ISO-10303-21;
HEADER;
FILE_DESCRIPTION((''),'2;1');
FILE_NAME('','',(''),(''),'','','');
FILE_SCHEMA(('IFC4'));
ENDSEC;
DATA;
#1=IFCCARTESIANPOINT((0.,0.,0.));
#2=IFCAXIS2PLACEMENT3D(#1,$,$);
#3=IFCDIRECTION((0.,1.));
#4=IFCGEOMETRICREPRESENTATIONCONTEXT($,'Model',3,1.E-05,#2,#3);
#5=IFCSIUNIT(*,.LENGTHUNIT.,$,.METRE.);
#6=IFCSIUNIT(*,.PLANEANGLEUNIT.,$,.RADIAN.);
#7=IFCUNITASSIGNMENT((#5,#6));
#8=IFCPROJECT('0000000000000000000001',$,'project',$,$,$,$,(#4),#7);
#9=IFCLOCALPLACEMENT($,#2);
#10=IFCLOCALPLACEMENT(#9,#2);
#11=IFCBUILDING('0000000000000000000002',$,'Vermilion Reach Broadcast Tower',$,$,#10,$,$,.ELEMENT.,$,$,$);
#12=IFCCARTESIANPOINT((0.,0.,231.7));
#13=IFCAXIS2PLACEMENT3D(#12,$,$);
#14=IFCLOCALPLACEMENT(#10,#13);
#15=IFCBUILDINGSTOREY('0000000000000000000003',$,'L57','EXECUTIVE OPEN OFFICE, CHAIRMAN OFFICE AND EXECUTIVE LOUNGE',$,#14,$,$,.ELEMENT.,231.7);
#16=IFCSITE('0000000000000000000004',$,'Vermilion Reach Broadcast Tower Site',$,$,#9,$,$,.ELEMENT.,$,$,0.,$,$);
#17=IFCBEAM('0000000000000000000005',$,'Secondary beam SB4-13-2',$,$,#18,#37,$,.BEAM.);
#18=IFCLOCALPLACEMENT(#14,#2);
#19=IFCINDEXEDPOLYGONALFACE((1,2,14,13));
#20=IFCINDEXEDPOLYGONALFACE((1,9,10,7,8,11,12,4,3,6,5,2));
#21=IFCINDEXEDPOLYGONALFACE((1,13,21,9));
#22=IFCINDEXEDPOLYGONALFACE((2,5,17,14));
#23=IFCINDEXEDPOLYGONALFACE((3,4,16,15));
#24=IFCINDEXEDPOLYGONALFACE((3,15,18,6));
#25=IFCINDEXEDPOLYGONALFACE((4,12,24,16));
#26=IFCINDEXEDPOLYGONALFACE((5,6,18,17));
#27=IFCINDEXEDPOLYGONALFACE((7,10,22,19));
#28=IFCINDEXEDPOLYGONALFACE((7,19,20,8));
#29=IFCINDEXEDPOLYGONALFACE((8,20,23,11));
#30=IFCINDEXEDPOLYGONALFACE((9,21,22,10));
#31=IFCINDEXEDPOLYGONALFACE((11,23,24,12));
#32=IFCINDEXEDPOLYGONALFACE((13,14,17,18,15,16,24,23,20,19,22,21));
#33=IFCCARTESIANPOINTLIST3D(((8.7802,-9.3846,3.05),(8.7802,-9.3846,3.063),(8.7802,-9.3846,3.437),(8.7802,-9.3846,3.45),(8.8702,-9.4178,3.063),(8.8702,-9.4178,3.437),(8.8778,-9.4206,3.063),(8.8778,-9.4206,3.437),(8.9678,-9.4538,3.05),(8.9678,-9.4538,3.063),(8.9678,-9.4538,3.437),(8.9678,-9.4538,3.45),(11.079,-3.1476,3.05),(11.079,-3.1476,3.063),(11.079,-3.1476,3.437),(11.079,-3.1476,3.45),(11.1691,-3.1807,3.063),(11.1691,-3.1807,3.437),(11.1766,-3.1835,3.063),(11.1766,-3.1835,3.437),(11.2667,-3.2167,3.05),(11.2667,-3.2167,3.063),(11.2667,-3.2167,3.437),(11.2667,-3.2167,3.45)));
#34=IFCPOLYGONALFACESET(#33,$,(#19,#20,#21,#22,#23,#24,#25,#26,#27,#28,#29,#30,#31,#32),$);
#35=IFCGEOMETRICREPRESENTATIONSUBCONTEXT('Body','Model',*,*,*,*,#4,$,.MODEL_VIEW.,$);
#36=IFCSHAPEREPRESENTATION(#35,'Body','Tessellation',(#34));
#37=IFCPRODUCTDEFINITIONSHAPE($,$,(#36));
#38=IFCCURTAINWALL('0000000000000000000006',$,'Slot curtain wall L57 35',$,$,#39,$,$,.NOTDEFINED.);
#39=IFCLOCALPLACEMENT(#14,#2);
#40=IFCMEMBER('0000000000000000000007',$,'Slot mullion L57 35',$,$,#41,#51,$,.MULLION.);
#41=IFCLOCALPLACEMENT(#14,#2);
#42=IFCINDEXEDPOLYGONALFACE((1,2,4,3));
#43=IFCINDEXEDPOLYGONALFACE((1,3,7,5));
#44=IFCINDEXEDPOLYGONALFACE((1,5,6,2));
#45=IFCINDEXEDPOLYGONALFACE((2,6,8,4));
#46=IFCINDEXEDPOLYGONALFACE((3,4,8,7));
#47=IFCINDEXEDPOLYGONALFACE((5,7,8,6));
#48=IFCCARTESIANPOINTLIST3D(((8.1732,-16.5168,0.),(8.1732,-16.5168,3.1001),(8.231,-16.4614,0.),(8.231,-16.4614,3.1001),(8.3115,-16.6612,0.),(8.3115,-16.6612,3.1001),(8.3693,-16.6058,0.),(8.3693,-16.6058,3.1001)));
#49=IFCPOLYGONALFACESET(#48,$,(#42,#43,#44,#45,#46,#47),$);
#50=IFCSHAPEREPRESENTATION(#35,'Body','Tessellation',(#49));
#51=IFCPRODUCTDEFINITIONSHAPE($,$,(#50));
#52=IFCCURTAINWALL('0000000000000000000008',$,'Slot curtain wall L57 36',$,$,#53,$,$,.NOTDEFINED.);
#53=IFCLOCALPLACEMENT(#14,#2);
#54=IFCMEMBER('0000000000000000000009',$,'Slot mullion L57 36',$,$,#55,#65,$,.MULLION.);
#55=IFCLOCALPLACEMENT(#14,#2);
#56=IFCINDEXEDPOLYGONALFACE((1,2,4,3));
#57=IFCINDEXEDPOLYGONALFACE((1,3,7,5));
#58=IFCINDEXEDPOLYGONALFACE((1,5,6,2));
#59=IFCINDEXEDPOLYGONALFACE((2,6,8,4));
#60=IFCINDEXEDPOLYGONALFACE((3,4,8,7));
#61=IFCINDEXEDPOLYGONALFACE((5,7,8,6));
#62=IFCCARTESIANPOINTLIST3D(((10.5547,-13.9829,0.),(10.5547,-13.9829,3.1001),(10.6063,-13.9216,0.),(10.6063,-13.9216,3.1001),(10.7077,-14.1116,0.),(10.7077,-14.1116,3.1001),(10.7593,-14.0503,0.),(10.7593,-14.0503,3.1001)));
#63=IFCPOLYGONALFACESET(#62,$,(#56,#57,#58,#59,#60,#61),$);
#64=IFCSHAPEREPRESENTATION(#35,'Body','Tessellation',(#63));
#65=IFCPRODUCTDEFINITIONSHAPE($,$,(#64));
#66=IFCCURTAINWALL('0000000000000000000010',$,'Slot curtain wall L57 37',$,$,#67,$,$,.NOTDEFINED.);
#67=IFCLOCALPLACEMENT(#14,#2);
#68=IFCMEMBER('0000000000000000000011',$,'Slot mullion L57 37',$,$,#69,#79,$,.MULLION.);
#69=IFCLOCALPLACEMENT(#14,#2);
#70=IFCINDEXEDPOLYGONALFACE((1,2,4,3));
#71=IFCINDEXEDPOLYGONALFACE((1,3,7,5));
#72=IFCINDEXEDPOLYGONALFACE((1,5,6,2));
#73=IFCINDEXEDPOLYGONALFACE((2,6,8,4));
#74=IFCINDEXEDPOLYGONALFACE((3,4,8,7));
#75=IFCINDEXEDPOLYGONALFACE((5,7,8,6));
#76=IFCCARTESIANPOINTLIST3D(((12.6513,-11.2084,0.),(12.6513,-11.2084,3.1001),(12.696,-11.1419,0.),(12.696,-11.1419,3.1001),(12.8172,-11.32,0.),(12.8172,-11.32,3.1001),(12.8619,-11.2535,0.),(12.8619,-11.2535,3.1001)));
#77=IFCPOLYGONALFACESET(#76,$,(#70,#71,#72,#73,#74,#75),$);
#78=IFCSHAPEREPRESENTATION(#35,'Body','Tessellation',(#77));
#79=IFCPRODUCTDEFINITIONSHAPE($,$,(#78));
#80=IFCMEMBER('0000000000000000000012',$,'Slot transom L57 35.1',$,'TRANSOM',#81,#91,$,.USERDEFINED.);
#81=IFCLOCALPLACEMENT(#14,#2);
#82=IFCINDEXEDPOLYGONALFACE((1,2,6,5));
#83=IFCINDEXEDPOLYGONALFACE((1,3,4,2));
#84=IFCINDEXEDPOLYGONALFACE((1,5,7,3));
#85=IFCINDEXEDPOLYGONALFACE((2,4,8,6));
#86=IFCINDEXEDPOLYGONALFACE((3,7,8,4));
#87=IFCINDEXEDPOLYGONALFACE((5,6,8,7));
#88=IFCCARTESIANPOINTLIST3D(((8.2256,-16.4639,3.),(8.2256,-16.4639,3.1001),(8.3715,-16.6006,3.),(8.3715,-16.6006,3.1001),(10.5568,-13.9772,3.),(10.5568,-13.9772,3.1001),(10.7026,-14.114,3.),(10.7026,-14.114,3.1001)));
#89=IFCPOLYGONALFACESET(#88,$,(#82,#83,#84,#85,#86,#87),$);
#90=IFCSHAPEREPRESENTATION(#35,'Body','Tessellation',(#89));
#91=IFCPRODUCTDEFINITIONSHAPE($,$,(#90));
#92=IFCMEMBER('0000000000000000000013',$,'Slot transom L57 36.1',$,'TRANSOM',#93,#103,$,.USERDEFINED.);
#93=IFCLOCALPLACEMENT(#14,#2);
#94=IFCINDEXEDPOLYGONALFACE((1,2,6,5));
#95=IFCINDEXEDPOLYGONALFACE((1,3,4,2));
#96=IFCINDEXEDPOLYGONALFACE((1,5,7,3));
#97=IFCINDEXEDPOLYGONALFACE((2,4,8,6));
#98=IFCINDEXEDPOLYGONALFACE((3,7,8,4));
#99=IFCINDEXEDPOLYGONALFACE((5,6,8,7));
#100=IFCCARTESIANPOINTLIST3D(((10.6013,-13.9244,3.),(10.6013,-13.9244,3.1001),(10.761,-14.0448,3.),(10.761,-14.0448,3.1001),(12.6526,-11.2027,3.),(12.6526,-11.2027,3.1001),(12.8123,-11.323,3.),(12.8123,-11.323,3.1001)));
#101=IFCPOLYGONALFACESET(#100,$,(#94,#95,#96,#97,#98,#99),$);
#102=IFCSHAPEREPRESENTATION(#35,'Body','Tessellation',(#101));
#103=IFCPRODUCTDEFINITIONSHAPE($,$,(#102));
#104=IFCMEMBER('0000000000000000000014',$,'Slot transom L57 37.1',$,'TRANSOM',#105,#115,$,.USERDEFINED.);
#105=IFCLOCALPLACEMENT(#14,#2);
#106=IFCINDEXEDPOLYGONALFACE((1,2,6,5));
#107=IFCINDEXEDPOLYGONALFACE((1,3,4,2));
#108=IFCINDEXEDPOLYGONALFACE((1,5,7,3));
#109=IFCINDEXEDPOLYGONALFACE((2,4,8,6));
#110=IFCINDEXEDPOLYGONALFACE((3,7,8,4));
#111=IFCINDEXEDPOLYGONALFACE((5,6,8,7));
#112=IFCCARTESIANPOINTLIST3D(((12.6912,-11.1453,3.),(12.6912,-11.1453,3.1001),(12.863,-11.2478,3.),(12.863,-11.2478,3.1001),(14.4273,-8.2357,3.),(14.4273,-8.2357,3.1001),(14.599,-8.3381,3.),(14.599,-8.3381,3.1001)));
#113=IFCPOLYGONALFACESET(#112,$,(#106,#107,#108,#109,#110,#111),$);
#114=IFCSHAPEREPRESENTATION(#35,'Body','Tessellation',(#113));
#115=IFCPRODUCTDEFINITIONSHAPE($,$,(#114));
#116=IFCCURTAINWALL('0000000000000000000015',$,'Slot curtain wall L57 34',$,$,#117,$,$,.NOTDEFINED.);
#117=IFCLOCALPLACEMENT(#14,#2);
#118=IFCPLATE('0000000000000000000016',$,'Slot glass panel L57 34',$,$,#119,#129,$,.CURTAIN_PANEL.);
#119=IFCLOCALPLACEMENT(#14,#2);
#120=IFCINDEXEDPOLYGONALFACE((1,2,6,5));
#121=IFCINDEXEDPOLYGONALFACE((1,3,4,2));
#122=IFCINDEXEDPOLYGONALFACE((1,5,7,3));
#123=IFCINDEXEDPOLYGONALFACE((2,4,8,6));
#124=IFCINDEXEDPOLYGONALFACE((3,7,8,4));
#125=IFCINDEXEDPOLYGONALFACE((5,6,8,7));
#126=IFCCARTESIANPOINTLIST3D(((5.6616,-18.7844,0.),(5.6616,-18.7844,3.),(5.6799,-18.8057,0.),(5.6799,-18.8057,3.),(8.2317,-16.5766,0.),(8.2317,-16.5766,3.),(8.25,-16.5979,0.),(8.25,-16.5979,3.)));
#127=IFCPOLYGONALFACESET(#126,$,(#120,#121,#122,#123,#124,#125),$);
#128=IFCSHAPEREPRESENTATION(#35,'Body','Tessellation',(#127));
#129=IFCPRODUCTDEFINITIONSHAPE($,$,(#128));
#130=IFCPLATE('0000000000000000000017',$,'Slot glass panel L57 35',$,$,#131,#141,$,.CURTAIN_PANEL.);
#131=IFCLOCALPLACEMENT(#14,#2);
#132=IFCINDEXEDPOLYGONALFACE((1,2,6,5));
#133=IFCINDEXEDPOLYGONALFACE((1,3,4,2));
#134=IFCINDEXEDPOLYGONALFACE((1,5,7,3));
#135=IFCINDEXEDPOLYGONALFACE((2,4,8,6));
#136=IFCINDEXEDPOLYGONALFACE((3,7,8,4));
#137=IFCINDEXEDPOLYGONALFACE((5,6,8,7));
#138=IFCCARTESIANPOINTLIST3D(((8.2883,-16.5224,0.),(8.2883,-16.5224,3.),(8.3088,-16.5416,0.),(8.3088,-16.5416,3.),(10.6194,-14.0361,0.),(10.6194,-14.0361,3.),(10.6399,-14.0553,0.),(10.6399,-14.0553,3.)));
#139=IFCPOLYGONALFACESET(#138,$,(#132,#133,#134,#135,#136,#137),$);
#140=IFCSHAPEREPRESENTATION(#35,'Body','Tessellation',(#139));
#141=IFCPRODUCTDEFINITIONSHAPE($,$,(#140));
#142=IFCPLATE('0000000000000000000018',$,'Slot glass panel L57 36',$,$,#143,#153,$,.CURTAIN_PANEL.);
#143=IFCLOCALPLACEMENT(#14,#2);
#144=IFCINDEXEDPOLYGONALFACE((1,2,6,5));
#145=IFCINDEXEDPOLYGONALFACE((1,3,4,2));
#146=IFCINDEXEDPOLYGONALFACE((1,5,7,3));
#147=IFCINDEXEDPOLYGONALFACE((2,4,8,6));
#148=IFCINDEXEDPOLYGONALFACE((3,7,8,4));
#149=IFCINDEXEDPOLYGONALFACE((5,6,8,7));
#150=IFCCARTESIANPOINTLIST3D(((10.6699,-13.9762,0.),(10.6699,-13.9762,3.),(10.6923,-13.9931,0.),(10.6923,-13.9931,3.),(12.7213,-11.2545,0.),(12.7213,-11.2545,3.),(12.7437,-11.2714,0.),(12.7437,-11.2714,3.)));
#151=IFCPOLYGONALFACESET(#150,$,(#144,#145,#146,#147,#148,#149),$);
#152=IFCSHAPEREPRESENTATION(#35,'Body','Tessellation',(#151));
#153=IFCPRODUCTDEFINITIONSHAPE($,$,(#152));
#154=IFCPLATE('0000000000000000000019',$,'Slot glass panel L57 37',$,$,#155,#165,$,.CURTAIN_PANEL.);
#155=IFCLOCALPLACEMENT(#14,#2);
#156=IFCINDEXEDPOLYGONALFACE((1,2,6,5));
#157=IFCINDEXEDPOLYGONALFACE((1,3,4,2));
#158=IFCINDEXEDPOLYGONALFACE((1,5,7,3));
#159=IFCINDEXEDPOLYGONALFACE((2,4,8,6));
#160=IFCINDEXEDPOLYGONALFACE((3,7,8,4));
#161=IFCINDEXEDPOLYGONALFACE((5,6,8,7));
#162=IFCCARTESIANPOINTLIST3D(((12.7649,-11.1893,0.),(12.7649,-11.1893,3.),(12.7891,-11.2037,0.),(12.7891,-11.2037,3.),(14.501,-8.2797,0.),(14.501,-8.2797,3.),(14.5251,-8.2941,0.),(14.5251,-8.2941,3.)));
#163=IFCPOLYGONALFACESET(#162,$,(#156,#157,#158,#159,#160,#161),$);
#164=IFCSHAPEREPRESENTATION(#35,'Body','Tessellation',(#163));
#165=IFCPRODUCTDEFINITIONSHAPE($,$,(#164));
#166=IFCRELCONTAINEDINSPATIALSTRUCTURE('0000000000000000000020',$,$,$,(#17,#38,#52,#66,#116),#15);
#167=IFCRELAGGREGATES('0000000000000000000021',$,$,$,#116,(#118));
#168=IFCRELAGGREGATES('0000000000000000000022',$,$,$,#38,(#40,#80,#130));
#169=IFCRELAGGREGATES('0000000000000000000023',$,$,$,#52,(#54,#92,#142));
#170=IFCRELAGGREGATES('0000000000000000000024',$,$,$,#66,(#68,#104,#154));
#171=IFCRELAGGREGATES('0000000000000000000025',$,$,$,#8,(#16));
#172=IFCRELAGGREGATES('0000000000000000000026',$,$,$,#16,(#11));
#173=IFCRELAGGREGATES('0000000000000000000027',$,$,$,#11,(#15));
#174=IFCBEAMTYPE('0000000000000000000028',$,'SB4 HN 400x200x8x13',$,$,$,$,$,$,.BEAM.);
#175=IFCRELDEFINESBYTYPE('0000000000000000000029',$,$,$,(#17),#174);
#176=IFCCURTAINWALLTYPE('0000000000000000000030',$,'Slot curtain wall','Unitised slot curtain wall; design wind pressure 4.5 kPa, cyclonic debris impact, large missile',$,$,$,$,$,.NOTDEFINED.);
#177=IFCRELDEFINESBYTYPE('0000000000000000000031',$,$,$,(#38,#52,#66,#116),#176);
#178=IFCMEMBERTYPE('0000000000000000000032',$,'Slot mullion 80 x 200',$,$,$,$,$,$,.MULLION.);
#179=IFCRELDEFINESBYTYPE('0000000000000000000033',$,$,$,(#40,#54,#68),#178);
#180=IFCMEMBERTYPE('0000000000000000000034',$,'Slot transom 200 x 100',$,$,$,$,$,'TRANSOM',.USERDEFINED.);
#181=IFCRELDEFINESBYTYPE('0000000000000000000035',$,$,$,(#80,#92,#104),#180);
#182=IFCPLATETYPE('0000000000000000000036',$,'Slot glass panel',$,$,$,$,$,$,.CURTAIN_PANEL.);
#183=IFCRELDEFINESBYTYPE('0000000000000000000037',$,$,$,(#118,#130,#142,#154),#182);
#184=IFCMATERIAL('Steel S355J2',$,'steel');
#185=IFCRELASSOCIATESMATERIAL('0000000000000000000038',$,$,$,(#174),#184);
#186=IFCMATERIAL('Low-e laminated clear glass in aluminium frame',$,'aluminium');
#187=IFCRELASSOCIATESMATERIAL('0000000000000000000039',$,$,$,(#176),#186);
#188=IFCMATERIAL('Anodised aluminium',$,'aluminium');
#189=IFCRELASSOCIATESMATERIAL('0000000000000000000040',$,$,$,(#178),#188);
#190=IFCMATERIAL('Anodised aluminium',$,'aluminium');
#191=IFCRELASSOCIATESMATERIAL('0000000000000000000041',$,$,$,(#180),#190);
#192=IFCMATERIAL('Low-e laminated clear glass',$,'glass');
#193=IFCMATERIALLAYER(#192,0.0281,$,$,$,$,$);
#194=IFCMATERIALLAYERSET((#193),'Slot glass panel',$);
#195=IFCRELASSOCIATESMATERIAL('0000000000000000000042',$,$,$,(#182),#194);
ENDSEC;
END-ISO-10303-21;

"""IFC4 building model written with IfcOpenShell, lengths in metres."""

from ifc_helpers import new_model, si_unit, direction, frame, origin, origin_2d, place, context, subcontext, project, spatial, rectangle, i_section, extrude, material, layer, layer_set, material_profile, profile_set, type_object, element, aggregate, save


model = new_model("IFC4")

# Units and contexts
model_context = context("Model", 3, precision=1e-05, world=origin(), true_north=direction((0.0, 1.0)))
body_context = subcontext(model_context, "Body", "Model", "MODEL_VIEW")
ifc_project = project(units=[si_unit("LENGTHUNIT", "METRE"), si_unit("PLANEANGLEUNIT", "RADIAN")], contexts=[model_context])

# Site, building, storey
site_placement = place(None, origin())
site = spatial("IfcSite", under=ifc_project, at=site_placement, Name="Vermilion Reach Broadcast Tower Site", CompositionType="ELEMENT", RefElevation=0.0)
building_placement = place(site_placement, origin())
building = spatial("IfcBuilding", under=site, at=building_placement, Name="Vermilion Reach Broadcast Tower", CompositionType="ELEMENT")
storey_placement = place(building_placement, frame((0.0, 0.0, 231.7)))
storey = spatial("IfcBuildingStorey", under=building, at=storey_placement, Name="L57", Description="EXECUTIVE OPEN OFFICE, CHAIRMAN OFFICE AND EXECUTIVE LOUNGE", CompositionType="ELEMENT", Elevation=231.7)

# Beam
ifc_material_1 = material(Name="Steel S355J2", Category="steel")
ifc_material_profile_1 = material_profile(ifc_material_1, i_section(OverallWidth=0.2, OverallDepth=0.3999, WebThickness=0.0081, FlangeThickness=0.0129, at=origin_2d()), Name="S355J2 HN 400x200x8x13")
ifc_profile_set_1 = profile_set([ifc_material_profile_1], Name="Steel S355J2")
beam_type_1 = type_object("IfcBeamType", Name="SB4 HN 400x200x8x13", PredefinedType="BEAM", material=ifc_profile_set_1)
beam_1_placement = place(storey_placement, frame((8.874, -9.4192, 3.25), z_axis=(0.345833, 0.938296, 0.0), x_axis=(-0.938296, 0.345833, 0.0)))
element("IfcBeam", 1, at=beam_1_placement, inside=storey, type_object=beam_type_1, Name="Secondary beam SB4-13-2", PredefinedType="BEAM", context=body_context, shape_type="SweptSolid", body=[
    extrude(i_section(OverallWidth=0.2, OverallDepth=0.3999, WebThickness=0.0081, FlangeThickness=0.0129, at=origin_2d()), origin(), (0.0, 0.0, 1.0), 6.6472),
])

# Curtain walls, members
ifc_material_2 = material(Name="Low-e laminated clear glass in aluminium frame", Category="aluminium")
curtain_wall_type = type_object("IfcCurtainWallType", Name="Slot curtain wall", Description="Unitised slot curtain wall; design wind pressure 4.5 kPa, cyclonic debris impact, large missile", PredefinedType="NOTDEFINED", material=ifc_material_2)
placement = place(storey_placement, origin())
curtain_wall_1 = element("IfcCurtainWall", 2, at=placement, inside=storey, type_object=curtain_wall_type, Name="Slot curtain wall L57 35", PredefinedType="NOTDEFINED")
ifc_material_3 = material(Name="Anodised aluminium", Category="aluminium")
ifc_material_profile_2 = material_profile(ifc_material_3, rectangle(XDim=0.2, YDim=0.0801, at=origin_2d()), Name="Slot mullion 80 x 200")
ifc_profile_set_2 = profile_set([ifc_material_profile_2], Name="Anodised aluminium")
member_type_1 = type_object("IfcMemberType", Name="Slot mullion 80 x 200", PredefinedType="MULLION", material=ifc_profile_set_2)
member_1_placement = place(storey_placement, frame((8.2712, -16.5613, 0.0), z_axis=(0.0, 0.0, 1.0), x_axis=(-0.691564, 0.722315, 0.0)))
member_1 = element("IfcMember", 3, at=member_1_placement, type_object=member_type_1, Name="Slot mullion L57 35", PredefinedType="MULLION", context=body_context, shape_type="SweptSolid", body=[
    extrude(rectangle(XDim=0.2, YDim=0.0801, at=origin_2d()), origin(), (0.0, 0.0, 1.0), 3.1001),
])
curtain_wall_2 = element("IfcCurtainWall", 4, at=placement, inside=storey, type_object=curtain_wall_type, Name="Slot curtain wall L57 36", PredefinedType="NOTDEFINED")
member_2_placement = place(storey_placement, frame((10.657, -14.0166, 0.0), z_axis=(0.0, 0.0, 1.0), x_axis=(-0.765146, 0.643857, 0.0)))
member_2 = element("IfcMember", 5, at=member_2_placement, type_object=member_type_1, Name="Slot mullion L57 36", PredefinedType="MULLION", context=body_context, shape_type="SweptSolid", body=[
    extrude(rectangle(XDim=0.2, YDim=0.0801, at=origin_2d()), origin(), (0.0, 0.0, 1.0), 3.1001),
])
curtain_wall_3 = element("IfcCurtainWall", 6, at=placement, inside=storey, type_object=curtain_wall_type, Name="Slot curtain wall L57 37", PredefinedType="NOTDEFINED")
member_3_placement = place(storey_placement, frame((12.7566, -11.231, 0.0), z_axis=(0.0, 0.0, 1.0), x_axis=(-0.829875, 0.557949, 0.0)))
member_3 = element("IfcMember", 7, at=member_3_placement, type_object=member_type_1, Name="Slot mullion L57 37", PredefinedType="MULLION", context=body_context, shape_type="SweptSolid", body=[
    extrude(rectangle(XDim=0.2, YDim=0.0801, at=origin_2d()), origin(), (0.0, 0.0, 1.0), 3.1001),
])

# Members
ifc_material_4 = material(Name="Anodised aluminium", Category="aluminium")
ifc_material_profile_3 = material_profile(ifc_material_4, rectangle(XDim=0.2, YDim=0.1001, at=origin_2d()), Name="Slot transom 200 x 100")
ifc_profile_set_3 = profile_set([ifc_material_profile_3], Name="Anodised aluminium")
member_type_2 = type_object("IfcMemberType", Name="Slot transom 200 x 100", ElementType="TRANSOM", PredefinedType="USERDEFINED", material=ifc_profile_set_3)
member_4_placement = place(storey_placement, frame((8.2986, -16.5322, 3.05), z_axis=(0.683924, 0.729553, 0.0), x_axis=(-0.729553, 0.683924, 0.0)))
member_4 = element("IfcMember", 8, at=member_4_placement, type_object=member_type_2, Name="Slot transom L57 35.1", ObjectType="TRANSOM", PredefinedType="USERDEFINED", context=body_context, shape_type="SweptSolid", body=[
    extrude(rectangle(XDim=0.2, YDim=0.1001, at=origin_2d()), origin(), (0.0, 0.0, 1.0), 3.4084),
])
member_5_placement = place(storey_placement, frame((10.6812, -13.9846, 3.05), z_axis=(0.601878, 0.798588, 0.0), x_axis=(-0.798588, 0.601878, 0.0)))
member_5 = element("IfcMember", 9, at=member_5_placement, type_object=member_type_2, Name="Slot transom L57 36.1", ObjectType="TRANSOM", PredefinedType="USERDEFINED", context=body_context, shape_type="SweptSolid", body=[
    extrude(rectangle(XDim=0.2, YDim=0.1001, at=origin_2d()), origin(), (0.0, 0.0, 1.0), 3.4082),
])
member_6_placement = place(storey_placement, frame((12.7771, -11.1965, 3.05), z_axis=(0.512386, 0.858756, 0.0), x_axis=(-0.858756, 0.512386, 0.0)))
member_6 = element("IfcMember", 10, at=member_6_placement, type_object=member_type_2, Name="Slot transom L57 37.1", ObjectType="TRANSOM", PredefinedType="USERDEFINED", context=body_context, shape_type="SweptSolid", body=[
    extrude(rectangle(XDim=0.2, YDim=0.1001, at=origin_2d()), origin(), (0.0, 0.0, 1.0), 3.3882),
])

# Curtain wall, plate
curtain_wall_4 = element("IfcCurtainWall", 11, at=placement, inside=storey, type_object=curtain_wall_type, Name="Slot curtain wall L57 34", PredefinedType="NOTDEFINED")
ifc_material_5 = material(Name="Low-e laminated clear glass", Category="glass")
ifc_layer_1 = layer(ifc_material_5, 0.0281)
ifc_layer_set_1 = layer_set([ifc_layer_1], Name="Slot glass panel")
plate_type = type_object("IfcPlateType", Name="Slot glass panel", PredefinedType="CURTAIN_PANEL", material=ifc_layer_set_1)
plate_1_placement = place(storey_placement, frame((6.9558, -17.6912, 0.0), z_axis=(0.0, 0.0, 1.0), x_axis=(0.758561, 0.651602, 0.0)))
plate_1 = element("IfcPlate", 12, at=plate_1_placement, type_object=plate_type, Name="Slot glass panel L57 34", PredefinedType="CURTAIN_PANEL", context=body_context, shape_type="SweptSolid", body=[
    extrude(rectangle(XDim=3.3882, YDim=0.0281, at=origin_2d()), origin(), (0.0, 0.0, 1.0), 3.0),
])
aggregate(curtain_wall_4, [plate_1])

# Plates
plate_2_placement = place(storey_placement, frame((9.4641, -15.2888, 0.0), z_axis=(0.0, 0.0, 1.0), x_axis=(0.683966, 0.729514, 0.0)))
plate_2 = element("IfcPlate", 13, at=plate_2_placement, type_object=plate_type, Name="Slot glass panel L57 35", PredefinedType="CURTAIN_PANEL", context=body_context, shape_type="SweptSolid", body=[
    extrude(rectangle(XDim=3.4082, YDim=0.0281, at=origin_2d()), origin(), (0.0, 0.0, 1.0), 3.0),
])
aggregate(curtain_wall_1, [member_1, member_4, plate_2])
plate_3_placement = place(storey_placement, frame((11.7068, -12.6238, 0.0), z_axis=(0.0, 0.0, 1.0), x_axis=(0.601894, 0.798576, 0.0)))
plate_3 = element("IfcPlate", 14, at=plate_3_placement, type_object=plate_type, Name="Slot glass panel L57 36", PredefinedType="CURTAIN_PANEL", context=body_context, shape_type="SweptSolid", body=[
    extrude(rectangle(XDim=3.4082, YDim=0.0281, at=origin_2d()), origin(), (0.0, 0.0, 1.0), 3.0),
])
aggregate(curtain_wall_2, [member_2, member_5, plate_3])
plate_4_placement = place(storey_placement, frame((13.645, -9.7417, 0.0), z_axis=(0.0, 0.0, 1.0), x_axis=(0.51238, 0.858759, 0.0)))
plate_4 = element("IfcPlate", 15, at=plate_4_placement, type_object=plate_type, Name="Slot glass panel L57 37", PredefinedType="CURTAIN_PANEL", context=body_context, shape_type="SweptSolid", body=[
    extrude(rectangle(XDim=3.3882, YDim=0.0281, at=origin_2d()), origin(), (0.0, 0.0, 1.0), 3.0),
])
aggregate(curtain_wall_3, [member_3, member_6, plate_4])

save(model, "model.ifc")
